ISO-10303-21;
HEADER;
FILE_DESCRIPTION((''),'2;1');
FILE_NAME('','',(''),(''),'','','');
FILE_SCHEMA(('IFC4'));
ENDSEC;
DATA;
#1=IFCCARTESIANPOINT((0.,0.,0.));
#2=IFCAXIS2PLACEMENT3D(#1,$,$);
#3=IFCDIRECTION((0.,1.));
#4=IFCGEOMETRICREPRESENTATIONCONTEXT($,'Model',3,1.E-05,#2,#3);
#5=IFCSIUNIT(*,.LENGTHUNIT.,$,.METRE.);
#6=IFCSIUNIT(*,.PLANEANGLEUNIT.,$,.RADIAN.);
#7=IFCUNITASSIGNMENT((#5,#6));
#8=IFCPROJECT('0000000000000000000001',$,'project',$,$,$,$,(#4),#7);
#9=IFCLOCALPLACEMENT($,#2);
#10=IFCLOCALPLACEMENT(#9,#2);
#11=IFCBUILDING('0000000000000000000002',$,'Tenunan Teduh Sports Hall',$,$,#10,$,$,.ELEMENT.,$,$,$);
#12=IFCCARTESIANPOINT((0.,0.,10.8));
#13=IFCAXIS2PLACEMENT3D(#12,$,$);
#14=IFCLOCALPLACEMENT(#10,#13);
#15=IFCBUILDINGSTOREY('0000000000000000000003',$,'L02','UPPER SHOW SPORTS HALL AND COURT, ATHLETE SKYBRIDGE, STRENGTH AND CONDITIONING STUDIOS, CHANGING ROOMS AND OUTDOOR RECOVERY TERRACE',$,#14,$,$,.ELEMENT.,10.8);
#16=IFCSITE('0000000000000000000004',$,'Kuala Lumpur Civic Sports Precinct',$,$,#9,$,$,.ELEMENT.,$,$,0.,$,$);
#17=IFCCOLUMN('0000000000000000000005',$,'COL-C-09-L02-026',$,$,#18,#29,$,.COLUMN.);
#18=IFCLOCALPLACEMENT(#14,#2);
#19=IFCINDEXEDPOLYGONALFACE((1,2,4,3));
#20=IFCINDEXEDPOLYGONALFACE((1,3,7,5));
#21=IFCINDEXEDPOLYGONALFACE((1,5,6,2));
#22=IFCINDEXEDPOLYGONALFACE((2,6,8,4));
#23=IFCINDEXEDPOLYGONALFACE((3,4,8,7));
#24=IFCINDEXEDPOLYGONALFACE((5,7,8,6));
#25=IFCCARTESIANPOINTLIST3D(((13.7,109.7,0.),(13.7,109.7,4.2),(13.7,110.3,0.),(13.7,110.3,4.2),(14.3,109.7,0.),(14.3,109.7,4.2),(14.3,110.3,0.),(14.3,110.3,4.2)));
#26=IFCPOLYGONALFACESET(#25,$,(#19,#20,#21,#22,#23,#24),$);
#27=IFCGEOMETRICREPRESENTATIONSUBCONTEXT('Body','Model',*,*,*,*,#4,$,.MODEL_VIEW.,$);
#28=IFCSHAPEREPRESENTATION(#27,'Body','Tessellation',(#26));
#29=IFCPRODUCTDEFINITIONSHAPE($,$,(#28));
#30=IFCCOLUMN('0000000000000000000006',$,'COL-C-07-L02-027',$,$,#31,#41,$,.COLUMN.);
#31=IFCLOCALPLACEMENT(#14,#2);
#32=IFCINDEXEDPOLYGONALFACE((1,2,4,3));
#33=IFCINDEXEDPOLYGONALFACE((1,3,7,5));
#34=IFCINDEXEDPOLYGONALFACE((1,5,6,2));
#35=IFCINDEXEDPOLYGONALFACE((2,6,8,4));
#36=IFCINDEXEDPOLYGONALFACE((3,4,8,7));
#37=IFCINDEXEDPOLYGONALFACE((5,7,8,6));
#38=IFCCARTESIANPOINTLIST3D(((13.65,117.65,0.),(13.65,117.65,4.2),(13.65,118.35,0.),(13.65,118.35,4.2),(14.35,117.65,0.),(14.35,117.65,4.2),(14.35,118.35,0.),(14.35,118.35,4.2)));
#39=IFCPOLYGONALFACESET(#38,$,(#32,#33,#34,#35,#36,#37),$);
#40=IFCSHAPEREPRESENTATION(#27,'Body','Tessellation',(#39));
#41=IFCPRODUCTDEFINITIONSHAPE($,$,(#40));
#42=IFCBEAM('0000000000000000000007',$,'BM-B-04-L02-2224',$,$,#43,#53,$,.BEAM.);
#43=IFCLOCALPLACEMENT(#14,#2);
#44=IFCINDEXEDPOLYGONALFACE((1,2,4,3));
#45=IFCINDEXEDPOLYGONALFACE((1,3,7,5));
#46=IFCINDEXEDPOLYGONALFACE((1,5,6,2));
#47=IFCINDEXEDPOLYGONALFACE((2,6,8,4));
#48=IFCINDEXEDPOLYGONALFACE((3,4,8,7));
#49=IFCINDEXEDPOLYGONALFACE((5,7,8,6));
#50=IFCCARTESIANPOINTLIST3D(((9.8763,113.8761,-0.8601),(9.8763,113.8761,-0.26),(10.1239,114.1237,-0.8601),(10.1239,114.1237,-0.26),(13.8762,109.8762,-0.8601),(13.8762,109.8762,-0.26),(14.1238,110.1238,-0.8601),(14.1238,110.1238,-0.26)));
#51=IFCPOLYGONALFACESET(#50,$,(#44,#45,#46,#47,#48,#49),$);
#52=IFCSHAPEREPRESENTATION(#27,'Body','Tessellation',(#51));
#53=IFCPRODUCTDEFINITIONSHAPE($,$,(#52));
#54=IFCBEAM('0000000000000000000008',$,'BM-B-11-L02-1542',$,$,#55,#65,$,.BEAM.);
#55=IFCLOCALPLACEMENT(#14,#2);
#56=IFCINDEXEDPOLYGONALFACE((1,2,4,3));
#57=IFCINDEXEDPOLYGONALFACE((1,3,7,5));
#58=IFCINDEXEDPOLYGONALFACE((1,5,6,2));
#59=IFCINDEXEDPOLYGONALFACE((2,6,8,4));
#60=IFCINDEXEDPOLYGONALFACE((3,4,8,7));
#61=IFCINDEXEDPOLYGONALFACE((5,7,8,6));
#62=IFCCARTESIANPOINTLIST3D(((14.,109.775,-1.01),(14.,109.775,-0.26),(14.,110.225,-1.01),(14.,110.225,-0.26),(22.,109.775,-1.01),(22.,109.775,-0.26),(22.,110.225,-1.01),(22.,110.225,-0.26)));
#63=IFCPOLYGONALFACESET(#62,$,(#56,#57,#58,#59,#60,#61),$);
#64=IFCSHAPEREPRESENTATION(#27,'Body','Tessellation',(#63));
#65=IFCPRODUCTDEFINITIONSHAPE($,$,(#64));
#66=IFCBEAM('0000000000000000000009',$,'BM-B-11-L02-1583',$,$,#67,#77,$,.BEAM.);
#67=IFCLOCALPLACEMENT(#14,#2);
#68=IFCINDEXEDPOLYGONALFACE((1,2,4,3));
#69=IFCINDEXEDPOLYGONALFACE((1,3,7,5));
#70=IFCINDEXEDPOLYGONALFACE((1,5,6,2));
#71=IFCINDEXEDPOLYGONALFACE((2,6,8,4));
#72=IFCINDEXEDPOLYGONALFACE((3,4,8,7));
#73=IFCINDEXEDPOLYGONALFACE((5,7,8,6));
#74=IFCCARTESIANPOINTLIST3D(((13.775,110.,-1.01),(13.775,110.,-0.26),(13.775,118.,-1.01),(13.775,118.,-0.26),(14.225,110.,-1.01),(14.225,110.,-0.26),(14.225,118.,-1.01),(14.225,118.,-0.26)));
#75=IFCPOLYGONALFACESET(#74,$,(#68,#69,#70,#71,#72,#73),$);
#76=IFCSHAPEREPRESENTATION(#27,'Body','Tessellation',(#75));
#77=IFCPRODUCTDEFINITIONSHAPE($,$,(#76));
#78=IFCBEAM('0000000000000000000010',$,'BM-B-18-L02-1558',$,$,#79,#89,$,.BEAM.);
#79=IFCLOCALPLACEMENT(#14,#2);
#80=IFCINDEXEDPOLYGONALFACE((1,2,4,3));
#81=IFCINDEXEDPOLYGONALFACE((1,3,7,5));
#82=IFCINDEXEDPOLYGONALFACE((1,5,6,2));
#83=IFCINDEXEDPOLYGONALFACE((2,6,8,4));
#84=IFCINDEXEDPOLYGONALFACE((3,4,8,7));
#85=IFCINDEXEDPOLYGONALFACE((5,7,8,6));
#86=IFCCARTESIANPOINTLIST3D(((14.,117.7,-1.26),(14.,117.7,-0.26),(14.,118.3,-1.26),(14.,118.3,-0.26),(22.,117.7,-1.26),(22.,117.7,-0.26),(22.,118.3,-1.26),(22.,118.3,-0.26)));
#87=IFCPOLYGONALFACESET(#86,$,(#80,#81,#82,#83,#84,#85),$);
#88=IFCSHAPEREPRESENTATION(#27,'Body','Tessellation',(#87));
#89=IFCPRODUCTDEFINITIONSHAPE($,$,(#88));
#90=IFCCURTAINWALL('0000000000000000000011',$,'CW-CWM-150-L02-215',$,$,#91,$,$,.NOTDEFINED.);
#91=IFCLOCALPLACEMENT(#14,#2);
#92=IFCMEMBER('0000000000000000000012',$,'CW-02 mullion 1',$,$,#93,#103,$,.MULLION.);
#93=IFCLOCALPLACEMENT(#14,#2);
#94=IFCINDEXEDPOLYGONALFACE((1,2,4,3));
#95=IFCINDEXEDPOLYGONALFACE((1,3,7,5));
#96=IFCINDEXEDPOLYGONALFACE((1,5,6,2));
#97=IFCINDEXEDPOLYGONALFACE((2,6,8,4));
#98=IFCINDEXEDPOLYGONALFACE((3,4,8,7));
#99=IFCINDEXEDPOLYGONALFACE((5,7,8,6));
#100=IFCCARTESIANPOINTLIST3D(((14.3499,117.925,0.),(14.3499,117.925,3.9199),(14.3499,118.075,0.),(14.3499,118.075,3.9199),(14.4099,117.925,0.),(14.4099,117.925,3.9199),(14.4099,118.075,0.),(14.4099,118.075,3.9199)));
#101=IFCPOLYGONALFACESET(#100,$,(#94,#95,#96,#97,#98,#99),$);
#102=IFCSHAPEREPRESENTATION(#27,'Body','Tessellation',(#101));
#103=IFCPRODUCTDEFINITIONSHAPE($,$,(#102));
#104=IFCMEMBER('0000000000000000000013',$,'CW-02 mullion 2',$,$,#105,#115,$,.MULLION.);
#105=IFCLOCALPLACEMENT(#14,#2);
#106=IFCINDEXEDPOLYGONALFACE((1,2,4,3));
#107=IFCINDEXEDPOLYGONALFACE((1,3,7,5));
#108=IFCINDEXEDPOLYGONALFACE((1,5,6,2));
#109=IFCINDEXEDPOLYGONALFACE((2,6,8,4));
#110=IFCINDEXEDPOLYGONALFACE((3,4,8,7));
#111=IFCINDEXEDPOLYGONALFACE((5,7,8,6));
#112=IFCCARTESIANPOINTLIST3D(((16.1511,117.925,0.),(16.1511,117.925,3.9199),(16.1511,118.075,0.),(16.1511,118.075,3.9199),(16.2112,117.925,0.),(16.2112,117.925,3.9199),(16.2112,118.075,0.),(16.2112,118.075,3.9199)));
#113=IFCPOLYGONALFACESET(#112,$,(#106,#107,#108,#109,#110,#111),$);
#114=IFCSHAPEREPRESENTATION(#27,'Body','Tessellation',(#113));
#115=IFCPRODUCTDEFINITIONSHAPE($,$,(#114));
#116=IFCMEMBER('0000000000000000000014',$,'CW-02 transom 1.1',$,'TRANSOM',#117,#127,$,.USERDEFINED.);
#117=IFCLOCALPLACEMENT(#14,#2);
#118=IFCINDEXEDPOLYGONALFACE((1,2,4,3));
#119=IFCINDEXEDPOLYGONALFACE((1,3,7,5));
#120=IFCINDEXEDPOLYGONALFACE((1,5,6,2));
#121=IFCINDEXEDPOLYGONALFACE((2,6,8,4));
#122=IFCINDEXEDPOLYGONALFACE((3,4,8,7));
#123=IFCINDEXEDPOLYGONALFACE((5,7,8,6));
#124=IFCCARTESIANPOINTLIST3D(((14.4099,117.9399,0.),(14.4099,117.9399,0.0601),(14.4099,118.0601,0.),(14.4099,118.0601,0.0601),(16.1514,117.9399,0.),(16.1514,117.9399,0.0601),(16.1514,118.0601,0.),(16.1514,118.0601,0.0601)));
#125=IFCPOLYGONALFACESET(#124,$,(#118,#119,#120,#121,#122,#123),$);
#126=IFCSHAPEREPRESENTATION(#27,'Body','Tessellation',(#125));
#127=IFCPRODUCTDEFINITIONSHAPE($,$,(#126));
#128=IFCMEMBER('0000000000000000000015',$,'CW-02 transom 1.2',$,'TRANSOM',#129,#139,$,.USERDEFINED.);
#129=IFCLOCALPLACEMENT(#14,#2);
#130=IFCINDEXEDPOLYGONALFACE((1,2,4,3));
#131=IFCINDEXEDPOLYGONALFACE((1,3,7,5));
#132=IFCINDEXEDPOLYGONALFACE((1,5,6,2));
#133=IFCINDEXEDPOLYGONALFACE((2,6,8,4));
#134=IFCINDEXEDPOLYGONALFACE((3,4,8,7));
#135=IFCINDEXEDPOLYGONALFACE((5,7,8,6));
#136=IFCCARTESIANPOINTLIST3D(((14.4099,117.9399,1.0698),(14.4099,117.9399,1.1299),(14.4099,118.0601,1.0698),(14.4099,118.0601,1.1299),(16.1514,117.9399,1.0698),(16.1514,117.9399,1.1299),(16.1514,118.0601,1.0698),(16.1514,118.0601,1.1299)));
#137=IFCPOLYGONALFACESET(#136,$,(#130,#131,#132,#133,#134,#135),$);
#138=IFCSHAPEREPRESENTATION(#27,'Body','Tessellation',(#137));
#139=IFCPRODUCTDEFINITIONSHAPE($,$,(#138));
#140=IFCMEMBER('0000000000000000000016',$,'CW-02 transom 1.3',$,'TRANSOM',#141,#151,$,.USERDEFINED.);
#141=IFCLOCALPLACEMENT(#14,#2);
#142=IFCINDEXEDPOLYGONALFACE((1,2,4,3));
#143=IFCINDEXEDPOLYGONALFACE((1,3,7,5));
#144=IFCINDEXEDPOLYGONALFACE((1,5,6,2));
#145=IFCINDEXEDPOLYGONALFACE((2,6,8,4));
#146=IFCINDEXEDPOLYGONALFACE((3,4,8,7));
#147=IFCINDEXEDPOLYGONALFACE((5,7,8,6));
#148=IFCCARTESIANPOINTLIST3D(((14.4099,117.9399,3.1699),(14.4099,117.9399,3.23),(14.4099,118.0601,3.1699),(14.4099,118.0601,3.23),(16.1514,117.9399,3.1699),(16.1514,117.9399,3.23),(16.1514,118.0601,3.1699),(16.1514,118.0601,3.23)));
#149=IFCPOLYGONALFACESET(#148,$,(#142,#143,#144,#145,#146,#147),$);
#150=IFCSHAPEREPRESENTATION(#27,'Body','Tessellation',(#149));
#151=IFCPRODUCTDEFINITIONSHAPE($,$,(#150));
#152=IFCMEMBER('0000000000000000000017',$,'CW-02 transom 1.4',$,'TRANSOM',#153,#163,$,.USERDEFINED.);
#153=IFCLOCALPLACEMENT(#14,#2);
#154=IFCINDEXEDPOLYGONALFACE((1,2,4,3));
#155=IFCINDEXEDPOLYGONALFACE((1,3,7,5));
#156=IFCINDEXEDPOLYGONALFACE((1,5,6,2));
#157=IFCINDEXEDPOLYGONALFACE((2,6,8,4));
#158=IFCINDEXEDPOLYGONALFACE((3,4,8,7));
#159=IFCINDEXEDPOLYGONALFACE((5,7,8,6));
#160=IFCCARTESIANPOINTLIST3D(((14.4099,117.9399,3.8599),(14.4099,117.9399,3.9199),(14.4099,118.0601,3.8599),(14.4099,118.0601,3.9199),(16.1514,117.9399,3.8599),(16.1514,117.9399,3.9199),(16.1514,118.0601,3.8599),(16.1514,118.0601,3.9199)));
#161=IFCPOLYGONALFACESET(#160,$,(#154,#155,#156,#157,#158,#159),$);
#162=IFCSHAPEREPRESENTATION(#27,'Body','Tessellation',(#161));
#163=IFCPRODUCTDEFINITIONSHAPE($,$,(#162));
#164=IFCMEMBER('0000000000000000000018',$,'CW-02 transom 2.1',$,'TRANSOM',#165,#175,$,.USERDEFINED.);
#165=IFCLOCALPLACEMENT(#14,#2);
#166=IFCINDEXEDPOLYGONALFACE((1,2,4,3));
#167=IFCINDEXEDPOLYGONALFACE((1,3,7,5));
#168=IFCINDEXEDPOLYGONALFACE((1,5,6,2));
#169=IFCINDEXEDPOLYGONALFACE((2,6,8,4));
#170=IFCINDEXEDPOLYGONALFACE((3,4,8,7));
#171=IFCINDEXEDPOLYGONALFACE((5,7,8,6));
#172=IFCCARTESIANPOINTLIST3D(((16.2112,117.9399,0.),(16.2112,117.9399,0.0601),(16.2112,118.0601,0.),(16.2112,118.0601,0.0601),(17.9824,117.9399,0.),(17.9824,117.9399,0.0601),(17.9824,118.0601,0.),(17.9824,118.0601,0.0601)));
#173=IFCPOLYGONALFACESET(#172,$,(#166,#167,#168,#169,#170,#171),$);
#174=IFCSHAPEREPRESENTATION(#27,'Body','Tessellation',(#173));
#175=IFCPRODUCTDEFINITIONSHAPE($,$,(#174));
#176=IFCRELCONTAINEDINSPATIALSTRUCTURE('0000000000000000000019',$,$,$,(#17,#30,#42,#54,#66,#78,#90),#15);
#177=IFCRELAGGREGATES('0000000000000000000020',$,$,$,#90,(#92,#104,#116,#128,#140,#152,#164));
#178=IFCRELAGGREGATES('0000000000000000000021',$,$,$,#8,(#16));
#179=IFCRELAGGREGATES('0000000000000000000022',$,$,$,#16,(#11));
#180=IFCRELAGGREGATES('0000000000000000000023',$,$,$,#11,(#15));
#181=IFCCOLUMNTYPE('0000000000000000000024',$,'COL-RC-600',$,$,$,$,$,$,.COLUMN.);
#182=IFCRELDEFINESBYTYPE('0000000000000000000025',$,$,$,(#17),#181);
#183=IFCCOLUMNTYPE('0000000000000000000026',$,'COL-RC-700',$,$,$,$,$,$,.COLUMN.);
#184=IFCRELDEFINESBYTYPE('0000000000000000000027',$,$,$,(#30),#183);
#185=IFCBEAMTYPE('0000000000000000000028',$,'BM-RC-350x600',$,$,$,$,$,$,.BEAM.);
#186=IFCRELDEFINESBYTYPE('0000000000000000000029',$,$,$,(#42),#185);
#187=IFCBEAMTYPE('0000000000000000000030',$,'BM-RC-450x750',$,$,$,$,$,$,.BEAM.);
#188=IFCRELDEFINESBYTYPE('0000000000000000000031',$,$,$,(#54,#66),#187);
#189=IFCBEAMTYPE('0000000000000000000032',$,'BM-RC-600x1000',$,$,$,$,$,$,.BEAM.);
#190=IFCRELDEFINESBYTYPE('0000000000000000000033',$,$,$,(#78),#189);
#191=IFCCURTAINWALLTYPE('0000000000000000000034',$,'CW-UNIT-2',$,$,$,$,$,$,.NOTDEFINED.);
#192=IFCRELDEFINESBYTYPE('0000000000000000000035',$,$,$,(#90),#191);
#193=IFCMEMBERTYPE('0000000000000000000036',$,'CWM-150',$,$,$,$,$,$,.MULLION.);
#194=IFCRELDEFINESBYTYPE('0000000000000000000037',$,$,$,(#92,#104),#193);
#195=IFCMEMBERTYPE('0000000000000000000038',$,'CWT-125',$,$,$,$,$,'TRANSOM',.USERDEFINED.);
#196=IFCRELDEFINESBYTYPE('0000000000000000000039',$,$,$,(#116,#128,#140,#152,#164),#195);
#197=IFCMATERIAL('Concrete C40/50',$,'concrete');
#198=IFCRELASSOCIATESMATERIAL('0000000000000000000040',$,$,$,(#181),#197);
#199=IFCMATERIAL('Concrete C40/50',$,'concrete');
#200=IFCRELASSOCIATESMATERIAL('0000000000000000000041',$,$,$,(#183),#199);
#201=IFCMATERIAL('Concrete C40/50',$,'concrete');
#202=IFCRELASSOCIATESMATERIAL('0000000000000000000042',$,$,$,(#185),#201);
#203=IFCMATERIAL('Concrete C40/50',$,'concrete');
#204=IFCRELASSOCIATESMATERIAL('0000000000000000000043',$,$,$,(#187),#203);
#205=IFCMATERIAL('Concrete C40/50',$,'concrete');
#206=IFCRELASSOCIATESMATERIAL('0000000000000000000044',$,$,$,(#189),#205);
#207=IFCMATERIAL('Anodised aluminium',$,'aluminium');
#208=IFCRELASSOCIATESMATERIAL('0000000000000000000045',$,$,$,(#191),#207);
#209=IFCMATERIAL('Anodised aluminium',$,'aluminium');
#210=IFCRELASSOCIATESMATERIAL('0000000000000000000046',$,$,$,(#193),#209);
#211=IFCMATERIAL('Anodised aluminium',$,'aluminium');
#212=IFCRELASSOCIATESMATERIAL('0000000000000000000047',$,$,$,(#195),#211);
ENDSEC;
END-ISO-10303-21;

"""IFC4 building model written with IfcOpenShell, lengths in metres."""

from ifc_helpers import new_model, si_unit, direction, frame, origin, origin_2d, place, context, subcontext, project, spatial, rectangle, extrude, material, material_profile, profile_set, type_object, element, aggregate, save


model = new_model("IFC4")

# Units and contexts
model_context = context("Model", 3, precision=1e-05, world=origin(), true_north=direction((0.0, 1.0)))
body_context = subcontext(model_context, "Body", "Model", "MODEL_VIEW")
ifc_project = project(units=[si_unit("LENGTHUNIT", "METRE"), si_unit("PLANEANGLEUNIT", "RADIAN")], contexts=[model_context])

# Site, building, storey
site_placement = place(None, origin())
site = spatial("IfcSite", under=ifc_project, at=site_placement, Name="Kuala Lumpur Civic Sports Precinct", CompositionType="ELEMENT", RefElevation=0.0)
building_placement = place(site_placement, origin())
building = spatial("IfcBuilding", under=site, at=building_placement, Name="Tenunan Teduh Sports Hall", CompositionType="ELEMENT")
storey_placement = place(building_placement, frame((0.0, 0.0, 10.8)))
storey = spatial("IfcBuildingStorey", under=building, at=storey_placement, Name="L02", Description="UPPER SHOW SPORTS HALL AND COURT, ATHLETE SKYBRIDGE, STRENGTH AND CONDITIONING STUDIOS, CHANGING ROOMS AND OUTDOOR RECOVERY TERRACE", CompositionType="ELEMENT", Elevation=10.8)

# Columns
ifc_material_1 = material(Name="Concrete C40/50", Category="concrete")
ifc_material_profile_1 = material_profile(ifc_material_1, rectangle(XDim=0.6001, YDim=0.6001, at=origin_2d()), Name="RC 600x600")
ifc_profile_set_1 = profile_set([ifc_material_profile_1], Name="Concrete C40/50")
column_type_1 = type_object("IfcColumnType", Name="COL-RC-600", PredefinedType="COLUMN", material=ifc_profile_set_1)
column_1_placement = place(storey_placement, frame((14.0, 110.0, 0.0), z_axis=(0.0, 0.0, 1.0), x_axis=(1.0, 0.0, 0.0)))
element("IfcColumn", 1, at=column_1_placement, inside=storey, type_object=column_type_1, Name="COL-C-09-L02-026", PredefinedType="COLUMN", context=body_context, shape_type="SweptSolid", body=[
    extrude(rectangle(XDim=0.6001, YDim=0.6001, at=origin_2d()), origin(), (0.0, 0.0, 1.0), 4.2),
])
ifc_material_2 = material(Name="Concrete C40/50", Category="concrete")
ifc_material_profile_2 = material_profile(ifc_material_2, rectangle(XDim=0.7, YDim=0.7, at=origin_2d()), Name="RC 700x700")
ifc_profile_set_2 = profile_set([ifc_material_profile_2], Name="Concrete C40/50")
column_type_2 = type_object("IfcColumnType", Name="COL-RC-700", PredefinedType="COLUMN", material=ifc_profile_set_2)
column_2_placement = place(storey_placement, frame((14.0, 118.0, 0.0), z_axis=(0.0, 0.0, 1.0), x_axis=(1.0, 0.0, 0.0)))
element("IfcColumn", 2, at=column_2_placement, inside=storey, type_object=column_type_2, Name="COL-C-07-L02-027", PredefinedType="COLUMN", context=body_context, shape_type="SweptSolid", body=[
    extrude(rectangle(XDim=0.7, YDim=0.7, at=origin_2d()), origin(), (0.0, 0.0, 1.0), 4.2),
])

# Beams
ifc_material_3 = material(Name="Concrete C40/50", Category="concrete")
ifc_material_profile_3 = material_profile(ifc_material_3, rectangle(XDim=0.3501, YDim=0.6001, at=origin_2d()), Name="RCB 350x600")
ifc_profile_set_3 = profile_set([ifc_material_profile_3], Name="Concrete C40/50")
beam_type_1 = type_object("IfcBeamType", Name="BM-RC-350x600", PredefinedType="BEAM", material=ifc_profile_set_3)
beam_1_placement = place(storey_placement, frame((14.0, 110.0, -0.5601), z_axis=(-0.707107, 0.707107, 0.0), x_axis=(-0.707107, -0.707107, 0.0)))
element("IfcBeam", 3, at=beam_1_placement, inside=storey, type_object=beam_type_1, Name="BM-B-04-L02-2224", PredefinedType="BEAM", context=body_context, shape_type="SweptSolid", body=[
    extrude(rectangle(XDim=0.3501, YDim=0.6001, at=origin_2d()), origin(), (0.0, 0.0, 1.0), 5.6567),
])
ifc_material_4 = material(Name="Concrete C40/50", Category="concrete")
ifc_material_profile_4 = material_profile(ifc_material_4, rectangle(XDim=0.45, YDim=0.75, at=origin_2d()), Name="RCB 450x750")
ifc_profile_set_4 = profile_set([ifc_material_profile_4], Name="Concrete C40/50")
beam_type_2 = type_object("IfcBeamType", Name="BM-RC-450x750", PredefinedType="BEAM", material=ifc_profile_set_4)
for number, where, z_axis, x_axis, name in (
    (4, (14.0, 110.0, -0.635), (1.0, 0.0, 0.0), (0.0, 1.0, 0.0), "BM-B-11-L02-1542"),
    (5, (14.0, 110.0, -0.635), (0.0, 1.0, 0.0), (-1.0, 0.0, 0.0), "BM-B-11-L02-1583"),
):
    element("IfcBeam", number, at=place(storey_placement, frame(where, z_axis=z_axis, x_axis=x_axis)), inside=storey, type_object=beam_type_2, Name=name, PredefinedType="BEAM", context=body_context, shape_type="SweptSolid", body=[
        extrude(rectangle(XDim=0.45, YDim=0.75, at=origin_2d()), origin(), (0.0, 0.0, 1.0), 8.0),
    ])
ifc_material_5 = material(Name="Concrete C40/50", Category="concrete")
ifc_material_profile_5 = material_profile(ifc_material_5, rectangle(XDim=0.6001, YDim=1.0, at=origin_2d()), Name="RCB 600x1000")
ifc_profile_set_5 = profile_set([ifc_material_profile_5], Name="Concrete C40/50")
beam_type_3 = type_object("IfcBeamType", Name="BM-RC-600x1000", PredefinedType="BEAM", material=ifc_profile_set_5)
beam_2_placement = place(storey_placement, frame((14.0, 118.0, -0.76), z_axis=(1.0, 0.0, 0.0), x_axis=(0.0, 1.0, 0.0)))
element("IfcBeam", 6, at=beam_2_placement, inside=storey, type_object=beam_type_3, Name="BM-B-18-L02-1558", PredefinedType="BEAM", context=body_context, shape_type="SweptSolid", body=[
    extrude(rectangle(XDim=0.6001, YDim=1.0, at=origin_2d()), origin(), (0.0, 0.0, 1.0), 8.0),
])

# Curtain wall, members
ifc_material_6 = material(Name="Anodised aluminium", Category="aluminium")
curtain_wall_type = type_object("IfcCurtainWallType", Name="CW-UNIT-2", PredefinedType="NOTDEFINED", material=ifc_material_6)
curtain_wall_placement = place(storey_placement, origin())
curtain_wall = element("IfcCurtainWall", 7, at=curtain_wall_placement, inside=storey, type_object=curtain_wall_type, Name="CW-CWM-150-L02-215", PredefinedType="NOTDEFINED")
ifc_material_7 = material(Name="Anodised aluminium", Category="aluminium")
ifc_material_profile_6 = material_profile(ifc_material_7, rectangle(XDim=0.0601, YDim=0.1499, at=origin_2d()), Name="CWM 60x150")
ifc_profile_set_6 = profile_set([ifc_material_profile_6], Name="Anodised aluminium")
member_type_1 = type_object("IfcMemberType", Name="CWM-150", PredefinedType="MULLION", material=ifc_profile_set_6)
member_1_placement = place(storey_placement, frame((14.3799, 118.0, 0.0), z_axis=(0.0, 0.0, 1.0), x_axis=(1.0, 0.0, 0.0)))
member_1 = element("IfcMember", 8, at=member_1_placement, type_object=member_type_1, Name="CW-02 mullion 1", PredefinedType="MULLION", context=body_context, shape_type="SweptSolid", body=[
    extrude(rectangle(XDim=0.0601, YDim=0.1499, at=origin_2d()), origin(), (0.0, 0.0, 1.0), 3.9199),
])
member_2_placement = place(storey_placement, frame((16.1812, 118.0, 0.0), z_axis=(0.0, 0.0, 1.0), x_axis=(1.0, 0.0, 0.0)))
member_2 = element("IfcMember", 9, at=member_2_placement, type_object=member_type_1, Name="CW-02 mullion 2", PredefinedType="MULLION", context=body_context, shape_type="SweptSolid", body=[
    extrude(rectangle(XDim=0.0601, YDim=0.1499, at=origin_2d()), origin(), (0.0, 0.0, 1.0), 3.9199),
])
ifc_material_8 = material(Name="Anodised aluminium", Category="aluminium")
ifc_material_profile_7 = material_profile(ifc_material_8, rectangle(XDim=0.0601, YDim=0.1201, at=origin_2d()), Name="CWT 60x120")
ifc_profile_set_7 = profile_set([ifc_material_profile_7], Name="Anodised aluminium")
member_type_2 = type_object("IfcMemberType", Name="CWT-125", ElementType="TRANSOM", PredefinedType="USERDEFINED", material=ifc_profile_set_7)
member_3_placement = place(storey_placement, frame((14.4099, 118.0, 0.03), z_axis=(1.0, 0.0, 0.0), x_axis=(0.0, 0.0, 1.0)))
member_3 = element("IfcMember", 10, at=member_3_placement, type_object=member_type_2, Name="CW-02 transom 1.1", ObjectType="TRANSOM", PredefinedType="USERDEFINED", context=body_context, shape_type="SweptSolid", body=[
    extrude(rectangle(XDim=0.0601, YDim=0.1201, at=origin_2d()), origin(), (0.0, 0.0, 1.0), 1.7415),
])
member_4_placement = place(storey_placement, frame((14.4099, 118.0, 1.0999), z_axis=(1.0, 0.0, 0.0), x_axis=(0.0, 0.0, 1.0)))
member_4 = element("IfcMember", 11, at=member_4_placement, type_object=member_type_2, Name="CW-02 transom 1.2", ObjectType="TRANSOM", PredefinedType="USERDEFINED", context=body_context, shape_type="SweptSolid", body=[
    extrude(rectangle(XDim=0.0601, YDim=0.1201, at=origin_2d()), origin(), (0.0, 0.0, 1.0), 1.7415),
])
member_5_placement = place(storey_placement, frame((14.4099, 118.0, 3.2), z_axis=(1.0, 0.0, 0.0), x_axis=(0.0, 0.0, 1.0)))
member_5 = element("IfcMember", 12, at=member_5_placement, type_object=member_type_2, Name="CW-02 transom 1.3", ObjectType="TRANSOM", PredefinedType="USERDEFINED", context=body_context, shape_type="SweptSolid", body=[
    extrude(rectangle(XDim=0.0601, YDim=0.1201, at=origin_2d()), origin(), (0.0, 0.0, 1.0), 1.7415),
])
member_6_placement = place(storey_placement, frame((14.4099, 118.0, 3.8899), z_axis=(1.0, 0.0, 0.0), x_axis=(0.0, 0.0, 1.0)))
member_6 = element("IfcMember", 13, at=member_6_placement, type_object=member_type_2, Name="CW-02 transom 1.4", ObjectType="TRANSOM", PredefinedType="USERDEFINED", context=body_context, shape_type="SweptSolid", body=[
    extrude(rectangle(XDim=0.0601, YDim=0.1201, at=origin_2d()), origin(), (0.0, 0.0, 1.0), 1.7415),
])
member_7_placement = place(storey_placement, frame((16.2112, 118.0, 0.03), z_axis=(1.0, 0.0, 0.0), x_axis=(0.0, 0.0, 1.0)))
member_7 = element("IfcMember", 14, at=member_7_placement, type_object=member_type_2, Name="CW-02 transom 2.1", ObjectType="TRANSOM", PredefinedType="USERDEFINED", context=body_context, shape_type="SweptSolid", body=[
    extrude(rectangle(XDim=0.0601, YDim=0.1201, at=origin_2d()), origin(), (0.0, 0.0, 1.0), 1.7712),
])

aggregate(curtain_wall, [member_1, member_2, member_3, member_4, member_5, member_6, member_7])

save(model, "model.ifc")
